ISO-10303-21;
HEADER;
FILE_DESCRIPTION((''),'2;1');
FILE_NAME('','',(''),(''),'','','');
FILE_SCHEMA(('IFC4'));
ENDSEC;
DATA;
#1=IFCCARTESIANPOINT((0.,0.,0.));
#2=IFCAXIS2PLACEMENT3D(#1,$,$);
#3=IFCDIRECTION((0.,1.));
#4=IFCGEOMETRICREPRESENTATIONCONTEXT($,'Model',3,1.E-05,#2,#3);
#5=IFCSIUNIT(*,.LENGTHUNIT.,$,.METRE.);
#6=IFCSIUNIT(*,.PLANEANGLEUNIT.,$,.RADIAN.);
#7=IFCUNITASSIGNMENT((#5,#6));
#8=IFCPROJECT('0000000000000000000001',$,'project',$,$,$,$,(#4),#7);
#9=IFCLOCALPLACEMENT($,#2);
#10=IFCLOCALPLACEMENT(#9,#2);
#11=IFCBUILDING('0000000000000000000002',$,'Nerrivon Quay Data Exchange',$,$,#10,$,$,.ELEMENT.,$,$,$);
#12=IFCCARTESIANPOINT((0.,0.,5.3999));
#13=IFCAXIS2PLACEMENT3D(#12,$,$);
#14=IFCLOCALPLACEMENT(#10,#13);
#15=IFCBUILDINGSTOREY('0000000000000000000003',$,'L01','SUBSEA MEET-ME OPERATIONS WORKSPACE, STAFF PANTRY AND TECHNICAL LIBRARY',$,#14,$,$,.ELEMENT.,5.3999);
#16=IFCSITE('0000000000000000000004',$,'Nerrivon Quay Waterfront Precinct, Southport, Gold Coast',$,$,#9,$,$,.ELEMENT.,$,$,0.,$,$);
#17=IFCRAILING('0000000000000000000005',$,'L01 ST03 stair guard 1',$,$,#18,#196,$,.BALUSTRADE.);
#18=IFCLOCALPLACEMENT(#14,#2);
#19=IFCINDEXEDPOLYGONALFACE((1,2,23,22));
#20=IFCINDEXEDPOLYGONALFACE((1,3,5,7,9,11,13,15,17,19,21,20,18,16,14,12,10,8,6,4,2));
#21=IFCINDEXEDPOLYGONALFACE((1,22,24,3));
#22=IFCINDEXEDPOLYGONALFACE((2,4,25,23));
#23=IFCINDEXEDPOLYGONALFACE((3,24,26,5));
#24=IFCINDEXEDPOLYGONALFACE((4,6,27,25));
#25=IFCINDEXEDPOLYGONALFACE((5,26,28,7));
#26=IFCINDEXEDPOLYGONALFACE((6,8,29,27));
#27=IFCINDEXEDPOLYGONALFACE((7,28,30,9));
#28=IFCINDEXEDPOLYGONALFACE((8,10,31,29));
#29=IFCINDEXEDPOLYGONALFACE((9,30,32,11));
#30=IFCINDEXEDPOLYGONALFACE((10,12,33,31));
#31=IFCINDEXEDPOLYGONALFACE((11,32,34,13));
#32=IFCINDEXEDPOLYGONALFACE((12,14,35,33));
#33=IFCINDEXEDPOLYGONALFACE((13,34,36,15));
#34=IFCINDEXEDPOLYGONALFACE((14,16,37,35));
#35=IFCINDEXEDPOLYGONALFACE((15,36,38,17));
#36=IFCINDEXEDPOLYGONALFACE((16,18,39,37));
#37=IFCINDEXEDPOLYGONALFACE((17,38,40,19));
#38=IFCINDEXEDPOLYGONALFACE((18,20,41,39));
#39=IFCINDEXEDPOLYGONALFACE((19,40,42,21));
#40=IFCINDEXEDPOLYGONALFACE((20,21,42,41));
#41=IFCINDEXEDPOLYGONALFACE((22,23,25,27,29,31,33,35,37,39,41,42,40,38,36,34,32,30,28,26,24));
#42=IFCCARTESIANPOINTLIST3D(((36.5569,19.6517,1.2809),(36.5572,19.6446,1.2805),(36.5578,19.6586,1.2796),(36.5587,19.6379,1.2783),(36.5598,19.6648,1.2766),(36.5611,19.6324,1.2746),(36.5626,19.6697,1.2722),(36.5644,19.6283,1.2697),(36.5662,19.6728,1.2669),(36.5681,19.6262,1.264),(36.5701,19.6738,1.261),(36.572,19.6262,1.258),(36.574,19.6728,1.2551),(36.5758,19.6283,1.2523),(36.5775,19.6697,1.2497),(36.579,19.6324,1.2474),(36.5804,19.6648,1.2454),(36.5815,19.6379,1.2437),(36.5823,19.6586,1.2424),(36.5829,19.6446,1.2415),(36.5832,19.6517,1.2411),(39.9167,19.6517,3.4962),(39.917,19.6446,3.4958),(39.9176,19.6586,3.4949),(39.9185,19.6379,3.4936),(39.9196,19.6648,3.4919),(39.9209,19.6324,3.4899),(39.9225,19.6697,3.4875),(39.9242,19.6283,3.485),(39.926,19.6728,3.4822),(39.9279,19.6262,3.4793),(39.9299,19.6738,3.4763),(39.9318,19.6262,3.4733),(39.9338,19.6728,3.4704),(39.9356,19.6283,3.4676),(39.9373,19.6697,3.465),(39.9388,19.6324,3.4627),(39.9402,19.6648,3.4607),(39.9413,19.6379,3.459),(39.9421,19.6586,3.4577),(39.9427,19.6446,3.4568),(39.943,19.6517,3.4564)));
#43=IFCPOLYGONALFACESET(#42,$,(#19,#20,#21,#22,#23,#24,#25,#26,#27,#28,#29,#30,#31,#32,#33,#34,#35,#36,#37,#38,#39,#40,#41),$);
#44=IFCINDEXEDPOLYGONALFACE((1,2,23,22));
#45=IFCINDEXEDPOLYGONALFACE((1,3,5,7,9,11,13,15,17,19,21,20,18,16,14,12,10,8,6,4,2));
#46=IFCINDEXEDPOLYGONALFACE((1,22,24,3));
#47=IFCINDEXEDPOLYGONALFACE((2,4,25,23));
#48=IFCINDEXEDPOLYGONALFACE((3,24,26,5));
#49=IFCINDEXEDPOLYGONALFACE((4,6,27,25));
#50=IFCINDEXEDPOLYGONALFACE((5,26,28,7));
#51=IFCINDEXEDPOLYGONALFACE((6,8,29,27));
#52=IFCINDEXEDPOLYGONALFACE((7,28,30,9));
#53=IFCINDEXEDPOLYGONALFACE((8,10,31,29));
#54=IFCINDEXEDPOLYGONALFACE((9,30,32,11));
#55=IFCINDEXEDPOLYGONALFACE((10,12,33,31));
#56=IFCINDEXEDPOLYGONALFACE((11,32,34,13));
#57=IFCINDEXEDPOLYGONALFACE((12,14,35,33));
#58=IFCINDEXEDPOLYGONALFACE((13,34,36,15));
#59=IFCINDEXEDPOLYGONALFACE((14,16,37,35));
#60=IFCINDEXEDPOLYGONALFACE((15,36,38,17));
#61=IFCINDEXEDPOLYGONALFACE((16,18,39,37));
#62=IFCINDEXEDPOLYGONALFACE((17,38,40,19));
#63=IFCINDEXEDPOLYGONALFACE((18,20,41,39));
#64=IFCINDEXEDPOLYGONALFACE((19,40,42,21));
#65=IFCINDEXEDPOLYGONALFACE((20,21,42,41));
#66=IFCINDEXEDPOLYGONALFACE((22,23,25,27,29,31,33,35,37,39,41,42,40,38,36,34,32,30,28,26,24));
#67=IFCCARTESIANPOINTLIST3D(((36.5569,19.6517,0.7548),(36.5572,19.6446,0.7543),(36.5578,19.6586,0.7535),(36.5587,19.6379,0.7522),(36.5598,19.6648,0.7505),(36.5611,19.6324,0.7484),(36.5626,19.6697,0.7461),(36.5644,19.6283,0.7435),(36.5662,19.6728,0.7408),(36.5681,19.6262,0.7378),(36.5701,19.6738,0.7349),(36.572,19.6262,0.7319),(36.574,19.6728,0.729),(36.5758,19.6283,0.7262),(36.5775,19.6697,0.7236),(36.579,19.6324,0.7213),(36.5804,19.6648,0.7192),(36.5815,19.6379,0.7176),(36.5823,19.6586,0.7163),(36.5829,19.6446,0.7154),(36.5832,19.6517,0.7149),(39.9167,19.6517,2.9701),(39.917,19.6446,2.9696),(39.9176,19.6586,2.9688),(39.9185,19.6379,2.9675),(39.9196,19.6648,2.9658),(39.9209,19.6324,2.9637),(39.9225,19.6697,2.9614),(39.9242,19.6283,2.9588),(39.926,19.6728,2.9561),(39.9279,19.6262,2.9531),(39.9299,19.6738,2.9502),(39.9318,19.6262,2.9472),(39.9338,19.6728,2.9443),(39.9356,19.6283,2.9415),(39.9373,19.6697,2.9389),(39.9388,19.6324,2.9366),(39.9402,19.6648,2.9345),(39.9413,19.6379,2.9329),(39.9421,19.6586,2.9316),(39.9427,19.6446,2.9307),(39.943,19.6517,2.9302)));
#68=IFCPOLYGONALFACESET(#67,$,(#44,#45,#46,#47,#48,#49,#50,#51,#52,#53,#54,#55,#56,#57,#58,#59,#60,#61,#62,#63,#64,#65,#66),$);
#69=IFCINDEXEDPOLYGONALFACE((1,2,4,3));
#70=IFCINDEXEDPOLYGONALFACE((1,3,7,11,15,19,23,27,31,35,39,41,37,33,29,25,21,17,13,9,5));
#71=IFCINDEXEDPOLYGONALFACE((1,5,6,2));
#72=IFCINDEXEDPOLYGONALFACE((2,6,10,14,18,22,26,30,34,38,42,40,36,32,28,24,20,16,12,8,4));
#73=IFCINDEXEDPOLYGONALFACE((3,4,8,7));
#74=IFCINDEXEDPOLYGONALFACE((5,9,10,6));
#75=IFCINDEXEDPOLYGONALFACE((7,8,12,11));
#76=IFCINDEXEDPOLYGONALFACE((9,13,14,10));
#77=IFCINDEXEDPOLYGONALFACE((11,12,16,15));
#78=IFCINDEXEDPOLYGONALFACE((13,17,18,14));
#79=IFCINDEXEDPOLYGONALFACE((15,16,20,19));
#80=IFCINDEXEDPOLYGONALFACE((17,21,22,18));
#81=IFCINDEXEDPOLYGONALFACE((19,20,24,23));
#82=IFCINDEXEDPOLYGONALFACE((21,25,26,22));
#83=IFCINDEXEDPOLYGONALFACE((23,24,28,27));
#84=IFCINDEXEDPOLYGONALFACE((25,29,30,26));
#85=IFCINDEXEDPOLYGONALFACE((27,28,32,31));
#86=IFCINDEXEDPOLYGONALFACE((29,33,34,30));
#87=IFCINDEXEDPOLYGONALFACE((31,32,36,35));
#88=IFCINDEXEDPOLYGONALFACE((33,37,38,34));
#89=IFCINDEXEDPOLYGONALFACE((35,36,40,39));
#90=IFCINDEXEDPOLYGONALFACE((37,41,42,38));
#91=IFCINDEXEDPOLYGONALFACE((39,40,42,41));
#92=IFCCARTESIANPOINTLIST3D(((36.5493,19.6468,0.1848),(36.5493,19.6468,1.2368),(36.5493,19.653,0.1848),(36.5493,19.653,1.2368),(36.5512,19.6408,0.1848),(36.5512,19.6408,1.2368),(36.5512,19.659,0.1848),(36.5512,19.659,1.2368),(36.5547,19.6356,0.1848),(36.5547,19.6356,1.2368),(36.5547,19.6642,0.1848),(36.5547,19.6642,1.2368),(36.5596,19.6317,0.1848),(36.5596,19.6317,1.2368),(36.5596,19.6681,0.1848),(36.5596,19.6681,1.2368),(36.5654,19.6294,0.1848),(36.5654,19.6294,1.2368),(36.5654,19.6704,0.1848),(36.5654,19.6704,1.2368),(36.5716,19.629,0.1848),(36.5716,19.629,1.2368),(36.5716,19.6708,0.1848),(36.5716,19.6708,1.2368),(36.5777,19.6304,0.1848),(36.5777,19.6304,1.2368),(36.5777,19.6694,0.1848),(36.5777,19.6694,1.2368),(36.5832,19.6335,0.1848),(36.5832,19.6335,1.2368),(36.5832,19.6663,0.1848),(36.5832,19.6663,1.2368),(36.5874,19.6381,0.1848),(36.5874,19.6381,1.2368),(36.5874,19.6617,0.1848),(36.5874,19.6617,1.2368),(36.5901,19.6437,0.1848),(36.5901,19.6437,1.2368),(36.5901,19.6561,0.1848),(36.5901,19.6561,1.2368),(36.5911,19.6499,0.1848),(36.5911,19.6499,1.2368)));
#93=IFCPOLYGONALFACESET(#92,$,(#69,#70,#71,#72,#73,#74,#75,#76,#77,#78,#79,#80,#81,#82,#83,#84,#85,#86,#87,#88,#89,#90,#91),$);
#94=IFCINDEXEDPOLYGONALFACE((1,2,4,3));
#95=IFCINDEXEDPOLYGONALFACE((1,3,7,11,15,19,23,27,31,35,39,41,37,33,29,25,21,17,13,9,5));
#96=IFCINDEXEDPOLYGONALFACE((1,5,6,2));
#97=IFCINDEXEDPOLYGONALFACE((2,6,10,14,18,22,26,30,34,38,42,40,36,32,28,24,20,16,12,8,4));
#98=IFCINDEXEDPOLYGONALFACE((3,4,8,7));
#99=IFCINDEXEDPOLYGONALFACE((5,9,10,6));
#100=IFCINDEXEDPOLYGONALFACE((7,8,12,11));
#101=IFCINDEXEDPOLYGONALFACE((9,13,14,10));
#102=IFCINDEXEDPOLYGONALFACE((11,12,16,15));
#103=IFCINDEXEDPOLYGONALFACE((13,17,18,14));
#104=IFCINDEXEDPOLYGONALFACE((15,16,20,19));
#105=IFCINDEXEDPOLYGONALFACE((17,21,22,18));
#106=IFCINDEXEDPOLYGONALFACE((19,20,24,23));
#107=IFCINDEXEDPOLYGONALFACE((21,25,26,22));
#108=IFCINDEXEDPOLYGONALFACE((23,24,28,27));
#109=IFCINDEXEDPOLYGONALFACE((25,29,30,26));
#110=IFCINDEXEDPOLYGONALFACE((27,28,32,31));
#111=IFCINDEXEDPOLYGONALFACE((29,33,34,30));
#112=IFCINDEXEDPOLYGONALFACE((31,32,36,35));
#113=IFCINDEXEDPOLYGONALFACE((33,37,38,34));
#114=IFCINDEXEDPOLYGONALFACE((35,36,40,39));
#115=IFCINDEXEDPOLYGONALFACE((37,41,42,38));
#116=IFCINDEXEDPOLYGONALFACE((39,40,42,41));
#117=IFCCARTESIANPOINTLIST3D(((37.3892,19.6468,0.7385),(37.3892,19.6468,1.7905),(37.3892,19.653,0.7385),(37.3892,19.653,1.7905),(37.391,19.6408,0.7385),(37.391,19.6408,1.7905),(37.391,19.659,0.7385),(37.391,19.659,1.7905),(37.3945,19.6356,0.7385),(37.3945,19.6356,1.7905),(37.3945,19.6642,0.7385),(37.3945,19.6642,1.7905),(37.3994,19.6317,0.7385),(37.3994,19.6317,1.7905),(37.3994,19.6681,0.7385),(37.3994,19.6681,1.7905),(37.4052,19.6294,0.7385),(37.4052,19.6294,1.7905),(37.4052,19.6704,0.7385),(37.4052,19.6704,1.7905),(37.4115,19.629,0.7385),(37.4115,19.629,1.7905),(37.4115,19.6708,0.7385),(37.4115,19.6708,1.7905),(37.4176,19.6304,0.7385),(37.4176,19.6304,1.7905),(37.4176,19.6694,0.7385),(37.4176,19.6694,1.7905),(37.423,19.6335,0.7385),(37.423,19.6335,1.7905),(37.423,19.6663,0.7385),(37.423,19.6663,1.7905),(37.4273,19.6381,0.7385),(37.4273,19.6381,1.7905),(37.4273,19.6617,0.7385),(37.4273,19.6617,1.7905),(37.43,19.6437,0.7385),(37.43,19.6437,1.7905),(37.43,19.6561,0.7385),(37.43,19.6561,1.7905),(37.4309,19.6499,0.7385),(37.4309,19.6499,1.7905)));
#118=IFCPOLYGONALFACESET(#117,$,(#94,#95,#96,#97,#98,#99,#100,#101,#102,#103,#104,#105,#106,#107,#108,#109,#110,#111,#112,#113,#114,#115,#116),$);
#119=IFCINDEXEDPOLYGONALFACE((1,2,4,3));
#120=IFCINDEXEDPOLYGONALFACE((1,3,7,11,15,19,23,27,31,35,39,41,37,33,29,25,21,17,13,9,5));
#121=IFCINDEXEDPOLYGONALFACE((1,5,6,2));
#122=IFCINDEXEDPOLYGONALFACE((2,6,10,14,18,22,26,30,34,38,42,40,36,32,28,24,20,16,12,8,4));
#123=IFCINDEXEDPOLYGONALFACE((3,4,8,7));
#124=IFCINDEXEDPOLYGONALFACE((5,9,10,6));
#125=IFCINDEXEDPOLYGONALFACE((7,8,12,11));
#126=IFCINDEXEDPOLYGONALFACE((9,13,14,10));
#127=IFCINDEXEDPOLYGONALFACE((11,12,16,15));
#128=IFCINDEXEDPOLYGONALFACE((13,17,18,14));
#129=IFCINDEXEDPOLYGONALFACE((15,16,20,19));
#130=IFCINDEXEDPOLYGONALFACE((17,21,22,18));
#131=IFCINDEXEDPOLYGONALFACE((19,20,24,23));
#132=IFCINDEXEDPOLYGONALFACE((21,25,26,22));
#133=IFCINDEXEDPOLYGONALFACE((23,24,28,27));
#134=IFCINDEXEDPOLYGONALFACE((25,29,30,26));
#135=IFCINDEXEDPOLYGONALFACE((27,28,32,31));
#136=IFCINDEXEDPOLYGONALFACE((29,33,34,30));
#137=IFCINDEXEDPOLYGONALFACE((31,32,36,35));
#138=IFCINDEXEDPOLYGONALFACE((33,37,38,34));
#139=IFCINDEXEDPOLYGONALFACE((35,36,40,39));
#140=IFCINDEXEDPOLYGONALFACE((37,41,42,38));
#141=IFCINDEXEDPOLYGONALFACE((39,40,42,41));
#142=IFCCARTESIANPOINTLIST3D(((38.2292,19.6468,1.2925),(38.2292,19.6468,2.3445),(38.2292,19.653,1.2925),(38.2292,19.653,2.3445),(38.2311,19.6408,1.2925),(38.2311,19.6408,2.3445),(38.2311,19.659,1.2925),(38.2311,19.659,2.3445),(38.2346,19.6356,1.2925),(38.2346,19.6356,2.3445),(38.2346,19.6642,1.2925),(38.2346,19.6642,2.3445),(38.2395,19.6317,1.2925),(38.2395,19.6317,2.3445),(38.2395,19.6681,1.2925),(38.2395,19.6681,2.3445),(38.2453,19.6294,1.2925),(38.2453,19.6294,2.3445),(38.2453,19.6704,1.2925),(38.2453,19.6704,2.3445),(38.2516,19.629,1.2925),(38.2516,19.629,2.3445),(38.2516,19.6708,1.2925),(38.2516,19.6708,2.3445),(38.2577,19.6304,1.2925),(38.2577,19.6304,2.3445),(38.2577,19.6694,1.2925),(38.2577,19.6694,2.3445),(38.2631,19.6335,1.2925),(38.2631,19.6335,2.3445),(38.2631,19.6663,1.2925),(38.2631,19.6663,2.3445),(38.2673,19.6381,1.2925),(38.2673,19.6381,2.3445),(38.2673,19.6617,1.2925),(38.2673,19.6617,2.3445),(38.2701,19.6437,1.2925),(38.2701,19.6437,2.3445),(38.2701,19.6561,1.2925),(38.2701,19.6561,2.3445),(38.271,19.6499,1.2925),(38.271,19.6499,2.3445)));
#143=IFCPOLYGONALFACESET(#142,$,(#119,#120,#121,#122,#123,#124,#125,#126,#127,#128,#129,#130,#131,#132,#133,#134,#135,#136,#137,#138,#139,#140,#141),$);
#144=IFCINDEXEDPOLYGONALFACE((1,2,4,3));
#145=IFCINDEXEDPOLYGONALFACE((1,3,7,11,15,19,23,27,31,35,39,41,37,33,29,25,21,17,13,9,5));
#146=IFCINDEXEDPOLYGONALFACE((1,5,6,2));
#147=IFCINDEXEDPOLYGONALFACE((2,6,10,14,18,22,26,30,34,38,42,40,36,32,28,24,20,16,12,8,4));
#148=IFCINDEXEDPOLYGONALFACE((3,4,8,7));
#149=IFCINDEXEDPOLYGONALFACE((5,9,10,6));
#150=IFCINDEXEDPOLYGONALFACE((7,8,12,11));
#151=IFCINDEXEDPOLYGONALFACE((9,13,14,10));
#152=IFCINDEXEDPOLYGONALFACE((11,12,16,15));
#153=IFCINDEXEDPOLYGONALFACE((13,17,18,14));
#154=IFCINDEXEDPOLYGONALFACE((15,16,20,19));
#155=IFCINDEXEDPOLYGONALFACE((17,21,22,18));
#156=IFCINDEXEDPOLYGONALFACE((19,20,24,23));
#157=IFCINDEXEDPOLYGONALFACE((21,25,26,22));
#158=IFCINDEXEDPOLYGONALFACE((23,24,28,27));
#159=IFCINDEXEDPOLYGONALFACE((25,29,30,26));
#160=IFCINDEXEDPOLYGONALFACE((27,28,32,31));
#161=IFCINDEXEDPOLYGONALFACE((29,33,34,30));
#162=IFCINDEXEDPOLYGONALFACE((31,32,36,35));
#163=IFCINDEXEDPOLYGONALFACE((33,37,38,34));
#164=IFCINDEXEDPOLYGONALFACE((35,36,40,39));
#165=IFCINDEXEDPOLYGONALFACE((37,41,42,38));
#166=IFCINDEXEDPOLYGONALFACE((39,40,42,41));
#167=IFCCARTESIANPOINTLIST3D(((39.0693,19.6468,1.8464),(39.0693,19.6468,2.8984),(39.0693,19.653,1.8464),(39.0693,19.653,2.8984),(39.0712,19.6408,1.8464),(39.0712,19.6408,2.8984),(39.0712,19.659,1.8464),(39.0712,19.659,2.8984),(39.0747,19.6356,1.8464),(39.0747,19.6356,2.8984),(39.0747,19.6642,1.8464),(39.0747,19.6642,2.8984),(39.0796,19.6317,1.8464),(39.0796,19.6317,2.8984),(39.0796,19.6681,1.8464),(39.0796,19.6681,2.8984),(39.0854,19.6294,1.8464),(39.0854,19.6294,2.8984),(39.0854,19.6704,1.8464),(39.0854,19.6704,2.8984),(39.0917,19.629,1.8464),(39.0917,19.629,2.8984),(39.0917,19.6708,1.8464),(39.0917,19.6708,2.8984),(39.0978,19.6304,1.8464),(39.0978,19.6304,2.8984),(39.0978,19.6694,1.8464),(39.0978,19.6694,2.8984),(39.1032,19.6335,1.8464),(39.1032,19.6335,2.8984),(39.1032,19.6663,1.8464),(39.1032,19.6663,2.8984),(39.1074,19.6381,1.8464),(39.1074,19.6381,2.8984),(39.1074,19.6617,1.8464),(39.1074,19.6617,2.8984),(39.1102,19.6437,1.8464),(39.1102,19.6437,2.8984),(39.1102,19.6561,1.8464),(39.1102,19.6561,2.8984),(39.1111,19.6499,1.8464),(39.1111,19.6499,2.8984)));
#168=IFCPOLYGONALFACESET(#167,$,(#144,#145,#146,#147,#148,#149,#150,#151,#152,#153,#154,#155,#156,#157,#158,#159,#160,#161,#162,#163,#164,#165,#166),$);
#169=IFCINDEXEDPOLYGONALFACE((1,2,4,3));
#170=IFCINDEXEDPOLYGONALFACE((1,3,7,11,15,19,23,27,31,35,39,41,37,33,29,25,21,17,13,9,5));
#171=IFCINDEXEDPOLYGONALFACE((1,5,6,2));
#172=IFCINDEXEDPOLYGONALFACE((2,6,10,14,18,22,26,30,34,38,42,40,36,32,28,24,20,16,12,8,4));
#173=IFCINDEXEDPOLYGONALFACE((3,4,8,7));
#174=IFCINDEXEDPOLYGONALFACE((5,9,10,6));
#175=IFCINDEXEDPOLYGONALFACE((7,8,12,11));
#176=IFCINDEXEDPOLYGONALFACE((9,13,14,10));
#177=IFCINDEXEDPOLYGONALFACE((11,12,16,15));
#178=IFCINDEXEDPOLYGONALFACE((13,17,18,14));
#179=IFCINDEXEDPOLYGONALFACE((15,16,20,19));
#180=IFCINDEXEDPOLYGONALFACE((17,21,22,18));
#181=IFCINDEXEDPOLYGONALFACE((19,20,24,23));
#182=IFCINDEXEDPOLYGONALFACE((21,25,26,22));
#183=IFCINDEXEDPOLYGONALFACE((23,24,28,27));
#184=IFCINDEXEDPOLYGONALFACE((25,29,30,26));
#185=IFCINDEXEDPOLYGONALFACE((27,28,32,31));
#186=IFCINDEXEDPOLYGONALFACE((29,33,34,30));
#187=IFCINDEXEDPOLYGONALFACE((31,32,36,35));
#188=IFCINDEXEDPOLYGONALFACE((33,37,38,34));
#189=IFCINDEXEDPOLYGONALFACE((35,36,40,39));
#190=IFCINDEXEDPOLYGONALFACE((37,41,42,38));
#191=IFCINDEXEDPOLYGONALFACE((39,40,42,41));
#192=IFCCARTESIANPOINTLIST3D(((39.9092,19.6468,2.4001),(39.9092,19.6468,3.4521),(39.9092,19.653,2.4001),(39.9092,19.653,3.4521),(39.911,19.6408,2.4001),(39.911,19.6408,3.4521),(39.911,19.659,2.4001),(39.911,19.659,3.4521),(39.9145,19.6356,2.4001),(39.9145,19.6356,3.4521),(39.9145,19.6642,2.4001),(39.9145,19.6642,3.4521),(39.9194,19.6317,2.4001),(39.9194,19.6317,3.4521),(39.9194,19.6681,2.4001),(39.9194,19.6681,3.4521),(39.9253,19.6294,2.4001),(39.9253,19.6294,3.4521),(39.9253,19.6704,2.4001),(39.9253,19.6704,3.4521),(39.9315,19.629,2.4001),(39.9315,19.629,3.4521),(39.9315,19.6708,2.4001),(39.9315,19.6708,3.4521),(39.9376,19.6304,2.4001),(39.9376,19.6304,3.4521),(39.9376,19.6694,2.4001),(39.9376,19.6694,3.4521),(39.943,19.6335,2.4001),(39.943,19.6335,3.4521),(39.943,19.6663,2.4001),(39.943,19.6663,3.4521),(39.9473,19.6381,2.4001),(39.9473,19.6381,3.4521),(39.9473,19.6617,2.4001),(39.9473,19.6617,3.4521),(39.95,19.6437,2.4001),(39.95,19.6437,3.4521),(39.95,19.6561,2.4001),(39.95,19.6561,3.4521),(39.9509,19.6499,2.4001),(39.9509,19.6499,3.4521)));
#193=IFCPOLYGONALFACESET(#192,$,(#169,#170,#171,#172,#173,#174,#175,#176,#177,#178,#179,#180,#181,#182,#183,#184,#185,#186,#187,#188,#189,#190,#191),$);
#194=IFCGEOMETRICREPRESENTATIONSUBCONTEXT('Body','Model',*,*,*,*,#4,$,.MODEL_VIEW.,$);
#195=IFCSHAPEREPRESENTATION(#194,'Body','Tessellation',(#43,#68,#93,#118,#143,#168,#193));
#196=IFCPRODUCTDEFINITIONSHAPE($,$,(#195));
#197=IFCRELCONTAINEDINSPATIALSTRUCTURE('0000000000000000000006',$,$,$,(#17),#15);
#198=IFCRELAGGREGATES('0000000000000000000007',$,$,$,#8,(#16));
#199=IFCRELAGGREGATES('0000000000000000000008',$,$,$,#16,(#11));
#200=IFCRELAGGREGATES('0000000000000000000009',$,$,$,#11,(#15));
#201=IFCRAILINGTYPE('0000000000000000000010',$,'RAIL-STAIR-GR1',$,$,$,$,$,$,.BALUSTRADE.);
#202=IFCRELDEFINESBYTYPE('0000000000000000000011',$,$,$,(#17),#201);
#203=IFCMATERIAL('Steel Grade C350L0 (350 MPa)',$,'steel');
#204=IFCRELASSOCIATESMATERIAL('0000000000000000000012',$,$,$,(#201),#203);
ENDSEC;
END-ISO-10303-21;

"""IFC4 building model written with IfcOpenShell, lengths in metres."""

from ifc_helpers import new_model, si_unit, direction, frame, origin, origin_2d, place, context, subcontext, project, spatial, circle, extrude, material, type_object, element, save


model = new_model("IFC4")

# Units and contexts
model_context = context("Model", 3, precision=1e-05, world=origin(), true_north=direction((0.0, 1.0)))
body_context = subcontext(model_context, "Body", "Model", "MODEL_VIEW")
ifc_project = project(units=[si_unit("LENGTHUNIT", "METRE"), si_unit("PLANEANGLEUNIT", "RADIAN")], contexts=[model_context])

# Site, building, storey
site_placement = place(None, origin())
site = spatial("IfcSite", under=ifc_project, at=site_placement, Name="Nerrivon Quay Waterfront Precinct, Southport, Gold Coast", CompositionType="ELEMENT", RefElevation=0.0)
building_placement = place(site_placement, origin())
building = spatial("IfcBuilding", under=site, at=building_placement, Name="Nerrivon Quay Data Exchange", CompositionType="ELEMENT")
storey_placement = place(building_placement, frame((0.0, 0.0, 5.3999)))
storey = spatial("IfcBuildingStorey", under=building, at=storey_placement, Name="L01", Description="SUBSEA MEET-ME OPERATIONS WORKSPACE, STAFF PANTRY AND TECHNICAL LIBRARY", CompositionType="ELEMENT", Elevation=5.3999)

# Railing
ifc_material_1 = material(Name="Steel Grade C350L0 (350 MPa)", Category="steel")
railing_type_1 = type_object("IfcRailingType", Name="RAIL-STAIR-GR1", PredefinedType="BALUSTRADE", material=ifc_material_1)
railing_1_placement = place(storey_placement, frame((36.5701, 19.6499, 0.1848)))
element("IfcRailing", 1, at=railing_1_placement, inside=storey, type_object=railing_type_1, Name="L01 ST03 stair guard 1", PredefinedType="BALUSTRADE", context=body_context, shape_type="SweptSolid", body=[
    extrude(circle(Radius=0.0239, at=origin_2d()), frame((0.0, 0.0, 1.0762), z_axis=(0.834858, 0.0, 0.550465), x_axis=(0.0, 1.0, 0.0)), (0.0, 0.0, 1.0), 4.0244),
    extrude(circle(Radius=0.0239, at=origin_2d()), frame((0.0, 0.0, 0.55), z_axis=(0.834858, 0.0, 0.550465), x_axis=(0.0, 1.0, 0.0)), (0.0, 0.0, 1.0), 4.0244),
    extrude(circle(Radius=0.021, at=origin_2d()), origin(), (0.0, 0.0, 1.0), 1.052),
    extrude(circle(Radius=0.021, at=origin_2d()), frame((0.8398, 0.0, 0.5537)), (0.0, 0.0, 1.0), 1.052),
    extrude(circle(Radius=0.021, at=origin_2d()), frame((1.6799, 0.0, 1.1077)), (0.0, 0.0, 1.0), 1.052),
    extrude(circle(Radius=0.021, at=origin_2d()), frame((2.52, 0.0, 1.6616)), (0.0, 0.0, 1.0), 1.052),
    extrude(circle(Radius=0.021, at=origin_2d()), frame((3.3599, 0.0, 2.2153)), (0.0, 0.0, 1.0), 1.052),
])

save(model, "model.ifc")
